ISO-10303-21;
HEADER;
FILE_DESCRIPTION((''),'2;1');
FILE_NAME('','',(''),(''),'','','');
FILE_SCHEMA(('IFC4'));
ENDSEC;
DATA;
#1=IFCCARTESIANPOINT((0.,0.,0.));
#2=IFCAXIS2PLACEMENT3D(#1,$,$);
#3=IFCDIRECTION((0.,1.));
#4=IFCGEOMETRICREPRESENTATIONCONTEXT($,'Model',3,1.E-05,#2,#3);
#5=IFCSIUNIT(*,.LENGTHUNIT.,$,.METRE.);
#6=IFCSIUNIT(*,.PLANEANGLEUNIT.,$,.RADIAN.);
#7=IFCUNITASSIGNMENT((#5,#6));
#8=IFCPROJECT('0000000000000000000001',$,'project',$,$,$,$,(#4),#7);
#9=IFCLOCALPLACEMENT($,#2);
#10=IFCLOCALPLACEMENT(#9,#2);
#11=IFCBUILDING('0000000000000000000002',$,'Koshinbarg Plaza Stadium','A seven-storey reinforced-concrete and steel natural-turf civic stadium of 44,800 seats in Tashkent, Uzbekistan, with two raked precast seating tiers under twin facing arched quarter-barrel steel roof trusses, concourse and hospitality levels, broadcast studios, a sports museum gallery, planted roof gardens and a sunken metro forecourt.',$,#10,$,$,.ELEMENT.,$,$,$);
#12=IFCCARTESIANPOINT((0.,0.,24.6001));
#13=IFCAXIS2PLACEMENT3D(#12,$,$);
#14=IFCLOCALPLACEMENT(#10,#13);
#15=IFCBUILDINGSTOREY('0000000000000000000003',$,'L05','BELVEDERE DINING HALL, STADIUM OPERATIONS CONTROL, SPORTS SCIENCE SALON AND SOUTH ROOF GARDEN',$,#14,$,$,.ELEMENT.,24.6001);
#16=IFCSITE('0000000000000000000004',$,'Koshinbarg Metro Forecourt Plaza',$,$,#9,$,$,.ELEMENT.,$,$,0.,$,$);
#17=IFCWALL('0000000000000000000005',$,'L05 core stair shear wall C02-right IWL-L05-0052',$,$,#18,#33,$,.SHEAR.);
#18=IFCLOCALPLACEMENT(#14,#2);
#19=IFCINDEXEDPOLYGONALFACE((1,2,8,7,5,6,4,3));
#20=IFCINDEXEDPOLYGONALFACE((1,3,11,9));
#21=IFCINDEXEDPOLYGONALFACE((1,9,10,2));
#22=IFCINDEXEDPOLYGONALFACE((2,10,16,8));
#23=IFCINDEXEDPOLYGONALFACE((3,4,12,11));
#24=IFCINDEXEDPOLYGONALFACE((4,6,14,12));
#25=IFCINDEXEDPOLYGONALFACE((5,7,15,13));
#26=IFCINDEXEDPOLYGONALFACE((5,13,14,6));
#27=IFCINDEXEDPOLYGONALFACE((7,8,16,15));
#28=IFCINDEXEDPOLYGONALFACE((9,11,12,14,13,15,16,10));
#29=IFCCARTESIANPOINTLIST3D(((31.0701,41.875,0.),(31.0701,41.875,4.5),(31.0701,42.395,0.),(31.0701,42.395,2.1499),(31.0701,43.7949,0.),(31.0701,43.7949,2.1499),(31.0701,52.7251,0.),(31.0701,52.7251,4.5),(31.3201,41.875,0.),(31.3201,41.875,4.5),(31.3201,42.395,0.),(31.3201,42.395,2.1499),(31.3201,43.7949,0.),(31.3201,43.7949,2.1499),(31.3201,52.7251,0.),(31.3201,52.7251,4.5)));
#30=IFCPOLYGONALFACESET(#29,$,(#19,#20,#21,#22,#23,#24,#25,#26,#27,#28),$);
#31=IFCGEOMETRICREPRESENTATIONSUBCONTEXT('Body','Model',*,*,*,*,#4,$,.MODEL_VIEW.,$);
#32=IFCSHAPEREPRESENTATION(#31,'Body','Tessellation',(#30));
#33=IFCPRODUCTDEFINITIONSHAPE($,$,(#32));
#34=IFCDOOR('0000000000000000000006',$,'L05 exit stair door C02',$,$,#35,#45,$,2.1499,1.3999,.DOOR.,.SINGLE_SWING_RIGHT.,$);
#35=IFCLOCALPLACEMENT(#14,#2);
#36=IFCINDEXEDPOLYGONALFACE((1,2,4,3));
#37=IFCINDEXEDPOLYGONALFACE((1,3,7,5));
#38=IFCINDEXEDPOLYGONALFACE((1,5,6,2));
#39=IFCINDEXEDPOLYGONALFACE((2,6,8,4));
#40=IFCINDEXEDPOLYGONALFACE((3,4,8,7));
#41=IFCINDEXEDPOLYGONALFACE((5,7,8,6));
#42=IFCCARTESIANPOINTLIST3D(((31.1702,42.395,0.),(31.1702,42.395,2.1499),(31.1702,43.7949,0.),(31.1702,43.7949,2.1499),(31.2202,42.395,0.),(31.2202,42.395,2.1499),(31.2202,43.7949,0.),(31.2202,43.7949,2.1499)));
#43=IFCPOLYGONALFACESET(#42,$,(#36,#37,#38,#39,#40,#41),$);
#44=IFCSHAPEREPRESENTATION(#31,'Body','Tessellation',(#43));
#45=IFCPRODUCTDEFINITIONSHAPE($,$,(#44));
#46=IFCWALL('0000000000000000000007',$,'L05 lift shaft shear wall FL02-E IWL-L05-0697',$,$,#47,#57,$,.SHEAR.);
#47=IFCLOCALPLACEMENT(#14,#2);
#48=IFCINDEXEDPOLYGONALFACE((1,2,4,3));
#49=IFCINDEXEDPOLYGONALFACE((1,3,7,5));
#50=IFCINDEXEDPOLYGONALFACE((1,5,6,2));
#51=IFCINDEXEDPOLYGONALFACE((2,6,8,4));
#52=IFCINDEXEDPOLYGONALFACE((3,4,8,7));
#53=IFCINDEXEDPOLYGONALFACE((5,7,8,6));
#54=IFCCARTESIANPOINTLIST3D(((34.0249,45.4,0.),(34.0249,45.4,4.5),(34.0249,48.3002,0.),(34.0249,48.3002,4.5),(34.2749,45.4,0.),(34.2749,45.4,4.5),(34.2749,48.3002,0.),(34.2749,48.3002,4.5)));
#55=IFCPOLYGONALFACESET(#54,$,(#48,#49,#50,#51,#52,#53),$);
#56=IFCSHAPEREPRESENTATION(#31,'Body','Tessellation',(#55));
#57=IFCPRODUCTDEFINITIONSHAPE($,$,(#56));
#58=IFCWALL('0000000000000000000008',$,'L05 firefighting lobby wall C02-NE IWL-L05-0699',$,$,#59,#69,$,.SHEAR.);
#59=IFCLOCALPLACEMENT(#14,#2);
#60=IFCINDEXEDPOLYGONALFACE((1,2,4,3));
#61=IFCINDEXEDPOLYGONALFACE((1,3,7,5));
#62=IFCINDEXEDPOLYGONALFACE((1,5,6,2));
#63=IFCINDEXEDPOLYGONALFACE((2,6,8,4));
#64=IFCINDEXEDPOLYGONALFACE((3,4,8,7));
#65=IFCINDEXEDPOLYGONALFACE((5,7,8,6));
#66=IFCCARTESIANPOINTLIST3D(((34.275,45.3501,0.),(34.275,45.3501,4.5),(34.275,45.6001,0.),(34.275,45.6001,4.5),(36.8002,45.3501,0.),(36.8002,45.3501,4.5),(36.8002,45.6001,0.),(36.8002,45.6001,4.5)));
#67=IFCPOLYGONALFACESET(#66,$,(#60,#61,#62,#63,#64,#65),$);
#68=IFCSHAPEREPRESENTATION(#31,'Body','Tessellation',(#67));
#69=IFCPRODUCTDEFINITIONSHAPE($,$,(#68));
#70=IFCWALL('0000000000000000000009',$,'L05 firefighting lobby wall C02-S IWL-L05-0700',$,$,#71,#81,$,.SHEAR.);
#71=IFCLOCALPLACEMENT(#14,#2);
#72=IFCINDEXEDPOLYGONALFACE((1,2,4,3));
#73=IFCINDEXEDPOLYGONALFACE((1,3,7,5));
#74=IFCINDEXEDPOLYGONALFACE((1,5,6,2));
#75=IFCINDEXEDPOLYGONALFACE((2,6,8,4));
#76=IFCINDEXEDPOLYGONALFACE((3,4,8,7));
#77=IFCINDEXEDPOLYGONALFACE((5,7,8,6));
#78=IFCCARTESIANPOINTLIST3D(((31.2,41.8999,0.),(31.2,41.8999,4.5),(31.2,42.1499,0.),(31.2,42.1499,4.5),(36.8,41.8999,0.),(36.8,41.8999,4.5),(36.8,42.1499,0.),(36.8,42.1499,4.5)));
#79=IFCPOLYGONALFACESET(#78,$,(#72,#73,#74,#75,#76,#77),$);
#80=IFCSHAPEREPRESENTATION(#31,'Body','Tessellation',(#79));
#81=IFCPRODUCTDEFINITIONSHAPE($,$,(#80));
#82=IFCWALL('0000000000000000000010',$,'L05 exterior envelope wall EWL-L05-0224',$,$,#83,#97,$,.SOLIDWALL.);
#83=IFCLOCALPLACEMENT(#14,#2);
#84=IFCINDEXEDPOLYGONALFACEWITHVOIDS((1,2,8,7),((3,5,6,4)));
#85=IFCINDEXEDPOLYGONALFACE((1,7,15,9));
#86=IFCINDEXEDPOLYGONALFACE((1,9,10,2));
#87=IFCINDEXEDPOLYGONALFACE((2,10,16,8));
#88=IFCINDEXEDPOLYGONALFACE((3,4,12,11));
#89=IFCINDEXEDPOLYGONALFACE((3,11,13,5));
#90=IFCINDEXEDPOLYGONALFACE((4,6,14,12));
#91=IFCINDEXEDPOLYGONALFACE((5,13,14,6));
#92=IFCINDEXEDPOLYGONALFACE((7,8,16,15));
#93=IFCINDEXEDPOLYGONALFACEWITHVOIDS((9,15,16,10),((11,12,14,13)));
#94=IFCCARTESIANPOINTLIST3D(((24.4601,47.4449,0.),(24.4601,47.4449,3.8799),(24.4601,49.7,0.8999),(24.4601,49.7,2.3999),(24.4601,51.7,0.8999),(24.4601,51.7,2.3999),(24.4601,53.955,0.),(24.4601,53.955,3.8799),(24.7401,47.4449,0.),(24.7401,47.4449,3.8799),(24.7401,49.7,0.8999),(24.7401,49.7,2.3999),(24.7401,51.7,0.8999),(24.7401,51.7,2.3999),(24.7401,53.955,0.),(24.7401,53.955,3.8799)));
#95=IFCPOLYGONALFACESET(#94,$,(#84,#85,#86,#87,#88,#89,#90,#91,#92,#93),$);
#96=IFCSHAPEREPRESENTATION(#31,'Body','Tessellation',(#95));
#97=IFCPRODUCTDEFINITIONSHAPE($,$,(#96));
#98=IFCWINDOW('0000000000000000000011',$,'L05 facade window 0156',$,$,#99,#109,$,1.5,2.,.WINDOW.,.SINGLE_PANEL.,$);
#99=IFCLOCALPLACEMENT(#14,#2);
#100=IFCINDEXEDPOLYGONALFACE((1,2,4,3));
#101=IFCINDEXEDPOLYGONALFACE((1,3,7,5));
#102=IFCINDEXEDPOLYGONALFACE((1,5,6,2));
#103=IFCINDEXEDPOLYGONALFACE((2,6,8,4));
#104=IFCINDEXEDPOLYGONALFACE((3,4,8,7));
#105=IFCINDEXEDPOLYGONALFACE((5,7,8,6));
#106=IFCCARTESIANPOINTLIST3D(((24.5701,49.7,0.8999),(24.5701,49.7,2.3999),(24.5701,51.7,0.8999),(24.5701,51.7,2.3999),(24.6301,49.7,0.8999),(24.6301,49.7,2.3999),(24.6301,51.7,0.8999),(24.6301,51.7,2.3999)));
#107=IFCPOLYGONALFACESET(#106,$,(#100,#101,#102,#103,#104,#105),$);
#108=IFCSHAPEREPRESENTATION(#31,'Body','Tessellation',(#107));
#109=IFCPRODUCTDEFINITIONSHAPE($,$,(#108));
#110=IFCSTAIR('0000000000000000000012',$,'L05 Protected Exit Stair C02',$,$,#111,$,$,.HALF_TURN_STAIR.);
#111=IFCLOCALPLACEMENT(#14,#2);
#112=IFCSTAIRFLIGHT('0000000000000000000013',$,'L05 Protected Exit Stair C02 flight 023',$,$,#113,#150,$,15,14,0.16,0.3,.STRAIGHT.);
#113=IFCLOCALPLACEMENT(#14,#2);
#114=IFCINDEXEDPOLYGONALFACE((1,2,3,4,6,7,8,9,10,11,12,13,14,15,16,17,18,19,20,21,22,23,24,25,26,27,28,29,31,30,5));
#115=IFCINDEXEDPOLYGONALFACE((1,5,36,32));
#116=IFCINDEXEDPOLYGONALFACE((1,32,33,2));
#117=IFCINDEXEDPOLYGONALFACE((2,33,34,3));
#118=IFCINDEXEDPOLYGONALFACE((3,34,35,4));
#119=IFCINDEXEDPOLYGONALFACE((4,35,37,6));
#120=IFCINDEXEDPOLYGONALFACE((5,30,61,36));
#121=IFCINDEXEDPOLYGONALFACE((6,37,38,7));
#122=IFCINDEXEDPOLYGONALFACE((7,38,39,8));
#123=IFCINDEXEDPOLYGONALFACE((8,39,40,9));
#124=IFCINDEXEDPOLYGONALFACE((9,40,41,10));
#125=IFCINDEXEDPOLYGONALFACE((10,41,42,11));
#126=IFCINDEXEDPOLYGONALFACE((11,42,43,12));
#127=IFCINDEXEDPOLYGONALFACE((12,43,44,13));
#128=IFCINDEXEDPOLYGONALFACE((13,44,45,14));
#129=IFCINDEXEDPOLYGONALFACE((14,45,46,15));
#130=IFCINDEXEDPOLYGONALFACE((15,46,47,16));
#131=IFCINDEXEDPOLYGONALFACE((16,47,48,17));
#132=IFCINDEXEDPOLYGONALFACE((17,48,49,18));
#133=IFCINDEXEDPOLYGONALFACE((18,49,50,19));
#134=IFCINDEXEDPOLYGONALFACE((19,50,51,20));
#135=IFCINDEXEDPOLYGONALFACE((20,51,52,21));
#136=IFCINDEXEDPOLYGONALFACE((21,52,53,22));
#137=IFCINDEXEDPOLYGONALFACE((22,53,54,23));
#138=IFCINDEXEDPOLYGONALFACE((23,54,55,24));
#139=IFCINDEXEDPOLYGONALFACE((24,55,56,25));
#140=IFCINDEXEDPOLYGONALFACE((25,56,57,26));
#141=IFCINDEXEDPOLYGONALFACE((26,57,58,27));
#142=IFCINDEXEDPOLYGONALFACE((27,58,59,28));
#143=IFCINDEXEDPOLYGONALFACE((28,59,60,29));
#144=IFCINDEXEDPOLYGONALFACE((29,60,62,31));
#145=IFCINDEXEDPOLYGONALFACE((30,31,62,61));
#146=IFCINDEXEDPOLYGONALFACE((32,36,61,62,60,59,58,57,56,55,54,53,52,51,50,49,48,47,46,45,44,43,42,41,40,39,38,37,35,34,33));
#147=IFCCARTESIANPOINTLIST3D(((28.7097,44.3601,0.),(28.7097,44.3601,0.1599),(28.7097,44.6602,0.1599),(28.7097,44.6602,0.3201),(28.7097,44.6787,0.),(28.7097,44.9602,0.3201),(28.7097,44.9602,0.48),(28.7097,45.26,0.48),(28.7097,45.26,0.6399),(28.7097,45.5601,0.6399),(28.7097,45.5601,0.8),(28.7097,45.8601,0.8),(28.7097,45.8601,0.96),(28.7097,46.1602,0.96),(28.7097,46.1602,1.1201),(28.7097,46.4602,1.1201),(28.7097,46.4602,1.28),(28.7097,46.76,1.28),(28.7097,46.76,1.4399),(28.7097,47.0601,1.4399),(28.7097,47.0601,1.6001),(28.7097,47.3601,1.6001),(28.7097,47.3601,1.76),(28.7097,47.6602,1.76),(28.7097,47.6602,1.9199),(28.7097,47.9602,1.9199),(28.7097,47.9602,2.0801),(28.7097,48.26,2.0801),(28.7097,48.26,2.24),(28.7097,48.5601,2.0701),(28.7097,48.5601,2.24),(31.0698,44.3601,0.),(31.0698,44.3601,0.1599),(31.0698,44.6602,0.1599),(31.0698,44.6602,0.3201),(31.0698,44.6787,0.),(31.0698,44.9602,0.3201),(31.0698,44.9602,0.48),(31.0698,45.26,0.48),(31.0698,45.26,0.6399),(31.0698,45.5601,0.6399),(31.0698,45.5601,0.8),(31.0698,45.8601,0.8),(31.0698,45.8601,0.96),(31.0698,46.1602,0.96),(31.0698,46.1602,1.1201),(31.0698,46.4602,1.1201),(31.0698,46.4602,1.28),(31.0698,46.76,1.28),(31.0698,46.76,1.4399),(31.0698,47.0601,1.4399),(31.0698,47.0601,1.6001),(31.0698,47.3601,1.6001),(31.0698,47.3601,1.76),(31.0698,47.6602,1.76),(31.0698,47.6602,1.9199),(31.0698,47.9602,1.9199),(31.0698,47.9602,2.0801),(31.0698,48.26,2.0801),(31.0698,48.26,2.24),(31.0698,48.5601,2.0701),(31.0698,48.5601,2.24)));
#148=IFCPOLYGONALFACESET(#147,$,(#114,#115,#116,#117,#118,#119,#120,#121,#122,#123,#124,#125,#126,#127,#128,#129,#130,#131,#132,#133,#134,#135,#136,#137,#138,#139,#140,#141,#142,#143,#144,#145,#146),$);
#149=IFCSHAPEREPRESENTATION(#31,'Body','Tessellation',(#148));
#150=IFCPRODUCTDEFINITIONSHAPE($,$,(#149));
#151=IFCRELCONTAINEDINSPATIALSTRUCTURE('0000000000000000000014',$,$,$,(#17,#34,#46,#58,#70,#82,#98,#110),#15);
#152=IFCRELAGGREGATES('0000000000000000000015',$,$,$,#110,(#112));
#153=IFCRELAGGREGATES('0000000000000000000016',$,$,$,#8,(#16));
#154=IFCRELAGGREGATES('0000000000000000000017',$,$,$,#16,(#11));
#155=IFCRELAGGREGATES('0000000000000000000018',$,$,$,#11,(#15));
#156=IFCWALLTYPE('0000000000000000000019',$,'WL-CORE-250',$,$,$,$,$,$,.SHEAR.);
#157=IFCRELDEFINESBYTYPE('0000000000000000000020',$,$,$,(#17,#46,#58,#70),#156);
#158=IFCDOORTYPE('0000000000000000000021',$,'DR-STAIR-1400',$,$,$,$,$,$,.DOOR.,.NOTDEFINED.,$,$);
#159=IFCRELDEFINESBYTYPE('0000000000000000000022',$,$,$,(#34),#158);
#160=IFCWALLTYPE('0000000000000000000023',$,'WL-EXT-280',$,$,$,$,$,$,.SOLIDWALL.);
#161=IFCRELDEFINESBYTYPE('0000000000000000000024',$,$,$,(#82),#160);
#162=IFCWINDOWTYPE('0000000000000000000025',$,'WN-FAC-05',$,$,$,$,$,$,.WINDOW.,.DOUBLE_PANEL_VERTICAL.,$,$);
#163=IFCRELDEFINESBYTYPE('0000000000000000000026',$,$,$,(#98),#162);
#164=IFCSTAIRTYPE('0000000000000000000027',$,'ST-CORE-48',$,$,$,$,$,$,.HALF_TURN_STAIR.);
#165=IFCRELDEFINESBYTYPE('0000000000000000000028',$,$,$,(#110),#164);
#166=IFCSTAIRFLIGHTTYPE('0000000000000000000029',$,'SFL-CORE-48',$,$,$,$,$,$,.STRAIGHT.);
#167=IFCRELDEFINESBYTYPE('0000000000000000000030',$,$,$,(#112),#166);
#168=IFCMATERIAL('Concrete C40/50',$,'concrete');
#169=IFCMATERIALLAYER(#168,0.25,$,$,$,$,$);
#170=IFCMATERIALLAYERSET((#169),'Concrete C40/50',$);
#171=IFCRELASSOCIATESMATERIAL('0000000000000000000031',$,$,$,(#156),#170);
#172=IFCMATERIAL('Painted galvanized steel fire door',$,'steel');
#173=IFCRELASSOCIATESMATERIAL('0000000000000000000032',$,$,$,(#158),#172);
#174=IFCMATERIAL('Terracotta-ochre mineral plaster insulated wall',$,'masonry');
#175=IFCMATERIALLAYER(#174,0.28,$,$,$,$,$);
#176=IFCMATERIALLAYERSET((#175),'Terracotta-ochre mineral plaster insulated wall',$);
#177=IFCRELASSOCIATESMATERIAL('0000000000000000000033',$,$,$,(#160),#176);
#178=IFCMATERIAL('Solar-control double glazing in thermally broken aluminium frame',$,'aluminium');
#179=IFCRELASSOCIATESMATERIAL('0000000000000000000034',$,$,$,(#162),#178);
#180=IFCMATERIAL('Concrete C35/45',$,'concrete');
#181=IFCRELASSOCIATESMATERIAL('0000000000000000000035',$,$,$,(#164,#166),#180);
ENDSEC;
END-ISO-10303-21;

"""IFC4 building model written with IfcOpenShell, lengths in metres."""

from ifc_helpers import new_model, si_unit, direction, frame, frame_2d, origin, place, context, subcontext, project, spatial, polyline, rectangle, outline, extrude, material, layer, layer_set, type_object, element, fill, aggregate, save


model = new_model("IFC4")

# Units and contexts
model_context = context("Model", 3, precision=1e-05, world=origin(), true_north=direction((0.0, 1.0)))
body_context = subcontext(model_context, "Body", "Model", "MODEL_VIEW")
ifc_project = project(units=[si_unit("LENGTHUNIT", "METRE"), si_unit("PLANEANGLEUNIT", "RADIAN")], contexts=[model_context])

# Site, building, storey
site_placement = place(None, origin())
site = spatial("IfcSite", under=ifc_project, at=site_placement, Name="Koshinbarg Metro Forecourt Plaza", CompositionType="ELEMENT", RefElevation=0.0)
building_placement = place(site_placement, origin())
building = spatial("IfcBuilding", under=site, at=building_placement, Name="Koshinbarg Plaza Stadium", Description="A seven-storey reinforced-concrete and steel natural-turf civic stadium of 44,800 seats in Tashkent, Uzbekistan, with two raked precast seating tiers under twin facing arched quarter-barrel steel roof trusses, concourse and hospitality levels, broadcast studios, a sports museum gallery, planted roof gardens and a sunken metro forecourt.", CompositionType="ELEMENT")
storey_placement = place(building_placement, frame((0.0, 0.0, 24.6001)))
storey = spatial("IfcBuildingStorey", under=building, at=storey_placement, Name="L05", Description="BELVEDERE DINING HALL, STADIUM OPERATIONS CONTROL, SPORTS SCIENCE SALON AND SOUTH ROOF GARDEN", CompositionType="ELEMENT", Elevation=24.6001)

# Shared definitions
ifc_material_1 = material(Name="Concrete C40/50", Category="concrete")

# Shared definitions
ifc_layer_1 = layer(ifc_material_1, 0.25)
ifc_layer_set_1 = layer_set([ifc_layer_1], Name="Concrete C40/50")
wall_type_1 = type_object("IfcWallType", Name="WL-CORE-250", PredefinedType="SHEAR", material=ifc_layer_set_1)

# Wall, opening, door
wall_1_placement = place(storey_placement, frame((31.1951, 41.875, 0.0), z_axis=(0.0, 0.0, 1.0), x_axis=(0.0, 1.0, 0.0)))
wall_1 = element("IfcWall", 1, at=wall_1_placement, inside=storey, type_object=wall_type_1, Name="L05 core stair shear wall C02-right IWL-L05-0052", PredefinedType="SHEAR", context=body_context, shape_type="SweptSolid", body=[
    extrude(rectangle(XDim=10.8501, YDim=0.25, at=frame_2d((5.425, 0.0))), origin(), (0.0, 0.0, 1.0), 4.5),
])
opening_1_placement = place(wall_1_placement, frame((0.52, 0.0, 0.0)))
opening_1 = element("IfcOpeningElement", 2, at=opening_1_placement, cuts=wall_1, PredefinedType="OPENING", context=body_context, shape_type="SweptSolid", body=[
    extrude(rectangle(XDim=1.3999, YDim=2.1499, at=frame_2d((0.7, 1.075))), frame((0.0, 0.135, 0.0), z_axis=(0.0, -1.0, 0.0), x_axis=(1.0, 0.0, 0.0)), (0.0, 0.0, 1.0), 0.27),
])
ifc_material_2 = material(Name="Painted galvanized steel fire door", Category="steel")
door_type_1 = type_object("IfcDoorType", Name="DR-STAIR-1400", OperationType="NOTDEFINED", PredefinedType="DOOR", material=ifc_material_2)
door_1_placement = place(opening_1_placement, origin())
door_1 = element("IfcDoor", 3, at=door_1_placement, inside=storey, type_object=door_type_1, Name="L05 exit stair door C02", OperationType="SINGLE_SWING_RIGHT", OverallHeight=2.1499, OverallWidth=1.3999, PredefinedType="DOOR", context=body_context, shape_type="SweptSolid", body=[
    extrude(rectangle(XDim=1.3999, YDim=2.1499, at=frame_2d((0.7, 1.075))), frame((0.0, 0.0249, 0.0), z_axis=(0.0, -1.0, 0.0), x_axis=(1.0, 0.0, 0.0)), (0.0, 0.0, 1.0), 0.05),
])
fill(opening_1, door_1)

# Wall
wall_2_placement = place(storey_placement, frame((34.1499, 45.3999, 0.0), z_axis=(0.0, 0.0, 1.0), x_axis=(0.0, 1.0, 0.0)))
element("IfcWall", 4, at=wall_2_placement, inside=storey, type_object=wall_type_1, Name="L05 lift shaft shear wall FL02-E IWL-L05-0697", PredefinedType="SHEAR", context=body_context, shape_type="SweptSolid", body=[
    extrude(rectangle(XDim=2.9001, YDim=0.25, at=frame_2d((1.4502, 0.0))), origin(), (0.0, 0.0, 1.0), 4.5),
])

# Walls
wall_3_placement = place(storey_placement, frame((34.2749, 45.4751, 0.0), z_axis=(0.0, 0.0, 1.0), x_axis=(1.0, 0.0, 0.0)))
element("IfcWall", 5, at=wall_3_placement, inside=storey, type_object=wall_type_1, Name="L05 firefighting lobby wall C02-NE IWL-L05-0699", PredefinedType="SHEAR", context=body_context, shape_type="SweptSolid", body=[
    extrude(rectangle(XDim=2.5251, YDim=0.25, at=frame_2d((1.2627, 0.0))), origin(), (0.0, 0.0, 1.0), 4.5),
])
wall_4_placement = place(storey_placement, frame((31.2, 42.0249, 0.0), z_axis=(0.0, 0.0, 1.0), x_axis=(1.0, 0.0, 0.0)))
element("IfcWall", 6, at=wall_4_placement, inside=storey, type_object=wall_type_1, Name="L05 firefighting lobby wall C02-S IWL-L05-0700", PredefinedType="SHEAR", context=body_context, shape_type="SweptSolid", body=[
    extrude(rectangle(XDim=5.6001, YDim=0.25, at=frame_2d((2.8, 0.0))), origin(), (0.0, 0.0, 1.0), 4.5),
])

# Wall, opening, window
ifc_material_3 = material(Name="Terracotta-ochre mineral plaster insulated wall", Category="masonry")
ifc_layer_2 = layer(ifc_material_3, 0.28)
ifc_layer_set_2 = layer_set([ifc_layer_2], Name="Terracotta-ochre mineral plaster insulated wall")
wall_type_2 = type_object("IfcWallType", Name="WL-EXT-280", PredefinedType="SOLIDWALL", material=ifc_layer_set_2)
wall_5_placement = place(storey_placement, frame((24.6001, 47.4451, 0.0), z_axis=(0.0, 0.0, 1.0), x_axis=(0.0, 1.0, 0.0)))
wall_5 = element("IfcWall", 7, at=wall_5_placement, inside=storey, type_object=wall_type_2, Name="L05 exterior envelope wall EWL-L05-0224", PredefinedType="SOLIDWALL", context=body_context, shape_type="SweptSolid", body=[
    extrude(rectangle(XDim=6.51, YDim=0.28, at=frame_2d((3.2549, 0.0))), origin(), (0.0, 0.0, 1.0), 3.8799),
])
opening_2_placement = place(wall_5_placement, frame((2.2549, 0.0, 0.8999)))
opening_2 = element("IfcOpeningElement", 8, at=opening_2_placement, cuts=wall_5, PredefinedType="OPENING", context=body_context, shape_type="SweptSolid", body=[
    extrude(rectangle(XDim=2.0, YDim=1.5, at=frame_2d((1.0, 0.75))), frame((0.0, 0.1499, 0.0), z_axis=(0.0, -1.0, 0.0), x_axis=(1.0, 0.0, 0.0)), (0.0, 0.0, 1.0), 0.3),
])
ifc_material_4 = material(Name="Solar-control double glazing in thermally broken aluminium frame", Category="aluminium")
window_type = type_object("IfcWindowType", Name="WN-FAC-05", PartitioningType="DOUBLE_PANEL_VERTICAL", PredefinedType="WINDOW", material=ifc_material_4)
window_placement = place(opening_2_placement, origin())
window = element("IfcWindow", 9, at=window_placement, inside=storey, type_object=window_type, Name="L05 facade window 0156", OverallHeight=1.5, OverallWidth=2.0, PartitioningType="SINGLE_PANEL", PredefinedType="WINDOW", context=body_context, shape_type="SweptSolid", body=[
    extrude(rectangle(XDim=2.0, YDim=1.5, at=frame_2d((1.0, 0.75))), frame((0.0, 0.03, 0.0), z_axis=(0.0, -1.0, 0.0), x_axis=(1.0, 0.0, 0.0)), (0.0, 0.0, 1.0), 0.0601),
])
fill(opening_2, window)

# Stair, stair flight
ifc_material_5 = material(Name="Concrete C35/45", Category="concrete")
stair_type = type_object("IfcStairType", Name="ST-CORE-48", PredefinedType="HALF_TURN_STAIR", material=ifc_material_5)
stair_placement = place(storey_placement, origin())
stair = element("IfcStair", 10, at=stair_placement, inside=storey, type_object=stair_type, Name="L05 Protected Exit Stair C02", PredefinedType="HALF_TURN_STAIR")
stair_flight_type = type_object("IfcStairFlightType", Name="SFL-CORE-48", PredefinedType="STRAIGHT", material=ifc_material_5)
stair_flight_placement = place(storey_placement, frame((29.8899, 44.3601, 0.0), z_axis=(0.0, 0.0, 1.0), x_axis=(0.0, 1.0, 0.0)))
stair_flight = element("IfcStairFlight", 11, at=stair_flight_placement, type_object=stair_flight_type, Name="L05 Protected Exit Stair C02 flight 023", NumberOfRisers=15, NumberOfTreads=14, PredefinedType="STRAIGHT", RiserHeight=0.16, TreadLength=0.3, context=body_context, shape_type="SweptSolid", body=[
    extrude(outline(polyline([(0.0, 0.0), (0.0, 0.1599), (0.3, 0.1599), (0.3, 0.3201), (0.6001, 0.3201), (0.6001, 0.48), (0.8999, 0.48), (0.8999, 0.6399), (1.2, 0.6399), (1.2, 0.8), (1.5, 0.8), (1.5, 0.96), (1.8, 0.96), (1.8, 1.1201), (2.1001, 1.1201), (2.1001, 1.28), (2.3999, 1.28), (2.3999, 1.4399), (2.7, 1.4399), (2.7, 1.6001), (3.0, 1.6001), (3.0, 1.76), (3.3, 1.76), (3.3, 1.9199), (3.6001, 1.9199), (3.6001, 2.0801), (3.8999, 2.0801), (3.8999, 2.24), (4.2, 2.24), (4.2, 2.3999), (4.2, 2.0701), (0.3186, 0.0), (0.0, 0.0)])), frame((0.0, 1.1802, 0.0), z_axis=(0.0, -1.0, 0.0), x_axis=(1.0, 0.0, 0.0)), (0.0, 0.0, 1.0), 2.3601),
])
aggregate(stair, [stair_flight])

save(model, "model.ifc")
